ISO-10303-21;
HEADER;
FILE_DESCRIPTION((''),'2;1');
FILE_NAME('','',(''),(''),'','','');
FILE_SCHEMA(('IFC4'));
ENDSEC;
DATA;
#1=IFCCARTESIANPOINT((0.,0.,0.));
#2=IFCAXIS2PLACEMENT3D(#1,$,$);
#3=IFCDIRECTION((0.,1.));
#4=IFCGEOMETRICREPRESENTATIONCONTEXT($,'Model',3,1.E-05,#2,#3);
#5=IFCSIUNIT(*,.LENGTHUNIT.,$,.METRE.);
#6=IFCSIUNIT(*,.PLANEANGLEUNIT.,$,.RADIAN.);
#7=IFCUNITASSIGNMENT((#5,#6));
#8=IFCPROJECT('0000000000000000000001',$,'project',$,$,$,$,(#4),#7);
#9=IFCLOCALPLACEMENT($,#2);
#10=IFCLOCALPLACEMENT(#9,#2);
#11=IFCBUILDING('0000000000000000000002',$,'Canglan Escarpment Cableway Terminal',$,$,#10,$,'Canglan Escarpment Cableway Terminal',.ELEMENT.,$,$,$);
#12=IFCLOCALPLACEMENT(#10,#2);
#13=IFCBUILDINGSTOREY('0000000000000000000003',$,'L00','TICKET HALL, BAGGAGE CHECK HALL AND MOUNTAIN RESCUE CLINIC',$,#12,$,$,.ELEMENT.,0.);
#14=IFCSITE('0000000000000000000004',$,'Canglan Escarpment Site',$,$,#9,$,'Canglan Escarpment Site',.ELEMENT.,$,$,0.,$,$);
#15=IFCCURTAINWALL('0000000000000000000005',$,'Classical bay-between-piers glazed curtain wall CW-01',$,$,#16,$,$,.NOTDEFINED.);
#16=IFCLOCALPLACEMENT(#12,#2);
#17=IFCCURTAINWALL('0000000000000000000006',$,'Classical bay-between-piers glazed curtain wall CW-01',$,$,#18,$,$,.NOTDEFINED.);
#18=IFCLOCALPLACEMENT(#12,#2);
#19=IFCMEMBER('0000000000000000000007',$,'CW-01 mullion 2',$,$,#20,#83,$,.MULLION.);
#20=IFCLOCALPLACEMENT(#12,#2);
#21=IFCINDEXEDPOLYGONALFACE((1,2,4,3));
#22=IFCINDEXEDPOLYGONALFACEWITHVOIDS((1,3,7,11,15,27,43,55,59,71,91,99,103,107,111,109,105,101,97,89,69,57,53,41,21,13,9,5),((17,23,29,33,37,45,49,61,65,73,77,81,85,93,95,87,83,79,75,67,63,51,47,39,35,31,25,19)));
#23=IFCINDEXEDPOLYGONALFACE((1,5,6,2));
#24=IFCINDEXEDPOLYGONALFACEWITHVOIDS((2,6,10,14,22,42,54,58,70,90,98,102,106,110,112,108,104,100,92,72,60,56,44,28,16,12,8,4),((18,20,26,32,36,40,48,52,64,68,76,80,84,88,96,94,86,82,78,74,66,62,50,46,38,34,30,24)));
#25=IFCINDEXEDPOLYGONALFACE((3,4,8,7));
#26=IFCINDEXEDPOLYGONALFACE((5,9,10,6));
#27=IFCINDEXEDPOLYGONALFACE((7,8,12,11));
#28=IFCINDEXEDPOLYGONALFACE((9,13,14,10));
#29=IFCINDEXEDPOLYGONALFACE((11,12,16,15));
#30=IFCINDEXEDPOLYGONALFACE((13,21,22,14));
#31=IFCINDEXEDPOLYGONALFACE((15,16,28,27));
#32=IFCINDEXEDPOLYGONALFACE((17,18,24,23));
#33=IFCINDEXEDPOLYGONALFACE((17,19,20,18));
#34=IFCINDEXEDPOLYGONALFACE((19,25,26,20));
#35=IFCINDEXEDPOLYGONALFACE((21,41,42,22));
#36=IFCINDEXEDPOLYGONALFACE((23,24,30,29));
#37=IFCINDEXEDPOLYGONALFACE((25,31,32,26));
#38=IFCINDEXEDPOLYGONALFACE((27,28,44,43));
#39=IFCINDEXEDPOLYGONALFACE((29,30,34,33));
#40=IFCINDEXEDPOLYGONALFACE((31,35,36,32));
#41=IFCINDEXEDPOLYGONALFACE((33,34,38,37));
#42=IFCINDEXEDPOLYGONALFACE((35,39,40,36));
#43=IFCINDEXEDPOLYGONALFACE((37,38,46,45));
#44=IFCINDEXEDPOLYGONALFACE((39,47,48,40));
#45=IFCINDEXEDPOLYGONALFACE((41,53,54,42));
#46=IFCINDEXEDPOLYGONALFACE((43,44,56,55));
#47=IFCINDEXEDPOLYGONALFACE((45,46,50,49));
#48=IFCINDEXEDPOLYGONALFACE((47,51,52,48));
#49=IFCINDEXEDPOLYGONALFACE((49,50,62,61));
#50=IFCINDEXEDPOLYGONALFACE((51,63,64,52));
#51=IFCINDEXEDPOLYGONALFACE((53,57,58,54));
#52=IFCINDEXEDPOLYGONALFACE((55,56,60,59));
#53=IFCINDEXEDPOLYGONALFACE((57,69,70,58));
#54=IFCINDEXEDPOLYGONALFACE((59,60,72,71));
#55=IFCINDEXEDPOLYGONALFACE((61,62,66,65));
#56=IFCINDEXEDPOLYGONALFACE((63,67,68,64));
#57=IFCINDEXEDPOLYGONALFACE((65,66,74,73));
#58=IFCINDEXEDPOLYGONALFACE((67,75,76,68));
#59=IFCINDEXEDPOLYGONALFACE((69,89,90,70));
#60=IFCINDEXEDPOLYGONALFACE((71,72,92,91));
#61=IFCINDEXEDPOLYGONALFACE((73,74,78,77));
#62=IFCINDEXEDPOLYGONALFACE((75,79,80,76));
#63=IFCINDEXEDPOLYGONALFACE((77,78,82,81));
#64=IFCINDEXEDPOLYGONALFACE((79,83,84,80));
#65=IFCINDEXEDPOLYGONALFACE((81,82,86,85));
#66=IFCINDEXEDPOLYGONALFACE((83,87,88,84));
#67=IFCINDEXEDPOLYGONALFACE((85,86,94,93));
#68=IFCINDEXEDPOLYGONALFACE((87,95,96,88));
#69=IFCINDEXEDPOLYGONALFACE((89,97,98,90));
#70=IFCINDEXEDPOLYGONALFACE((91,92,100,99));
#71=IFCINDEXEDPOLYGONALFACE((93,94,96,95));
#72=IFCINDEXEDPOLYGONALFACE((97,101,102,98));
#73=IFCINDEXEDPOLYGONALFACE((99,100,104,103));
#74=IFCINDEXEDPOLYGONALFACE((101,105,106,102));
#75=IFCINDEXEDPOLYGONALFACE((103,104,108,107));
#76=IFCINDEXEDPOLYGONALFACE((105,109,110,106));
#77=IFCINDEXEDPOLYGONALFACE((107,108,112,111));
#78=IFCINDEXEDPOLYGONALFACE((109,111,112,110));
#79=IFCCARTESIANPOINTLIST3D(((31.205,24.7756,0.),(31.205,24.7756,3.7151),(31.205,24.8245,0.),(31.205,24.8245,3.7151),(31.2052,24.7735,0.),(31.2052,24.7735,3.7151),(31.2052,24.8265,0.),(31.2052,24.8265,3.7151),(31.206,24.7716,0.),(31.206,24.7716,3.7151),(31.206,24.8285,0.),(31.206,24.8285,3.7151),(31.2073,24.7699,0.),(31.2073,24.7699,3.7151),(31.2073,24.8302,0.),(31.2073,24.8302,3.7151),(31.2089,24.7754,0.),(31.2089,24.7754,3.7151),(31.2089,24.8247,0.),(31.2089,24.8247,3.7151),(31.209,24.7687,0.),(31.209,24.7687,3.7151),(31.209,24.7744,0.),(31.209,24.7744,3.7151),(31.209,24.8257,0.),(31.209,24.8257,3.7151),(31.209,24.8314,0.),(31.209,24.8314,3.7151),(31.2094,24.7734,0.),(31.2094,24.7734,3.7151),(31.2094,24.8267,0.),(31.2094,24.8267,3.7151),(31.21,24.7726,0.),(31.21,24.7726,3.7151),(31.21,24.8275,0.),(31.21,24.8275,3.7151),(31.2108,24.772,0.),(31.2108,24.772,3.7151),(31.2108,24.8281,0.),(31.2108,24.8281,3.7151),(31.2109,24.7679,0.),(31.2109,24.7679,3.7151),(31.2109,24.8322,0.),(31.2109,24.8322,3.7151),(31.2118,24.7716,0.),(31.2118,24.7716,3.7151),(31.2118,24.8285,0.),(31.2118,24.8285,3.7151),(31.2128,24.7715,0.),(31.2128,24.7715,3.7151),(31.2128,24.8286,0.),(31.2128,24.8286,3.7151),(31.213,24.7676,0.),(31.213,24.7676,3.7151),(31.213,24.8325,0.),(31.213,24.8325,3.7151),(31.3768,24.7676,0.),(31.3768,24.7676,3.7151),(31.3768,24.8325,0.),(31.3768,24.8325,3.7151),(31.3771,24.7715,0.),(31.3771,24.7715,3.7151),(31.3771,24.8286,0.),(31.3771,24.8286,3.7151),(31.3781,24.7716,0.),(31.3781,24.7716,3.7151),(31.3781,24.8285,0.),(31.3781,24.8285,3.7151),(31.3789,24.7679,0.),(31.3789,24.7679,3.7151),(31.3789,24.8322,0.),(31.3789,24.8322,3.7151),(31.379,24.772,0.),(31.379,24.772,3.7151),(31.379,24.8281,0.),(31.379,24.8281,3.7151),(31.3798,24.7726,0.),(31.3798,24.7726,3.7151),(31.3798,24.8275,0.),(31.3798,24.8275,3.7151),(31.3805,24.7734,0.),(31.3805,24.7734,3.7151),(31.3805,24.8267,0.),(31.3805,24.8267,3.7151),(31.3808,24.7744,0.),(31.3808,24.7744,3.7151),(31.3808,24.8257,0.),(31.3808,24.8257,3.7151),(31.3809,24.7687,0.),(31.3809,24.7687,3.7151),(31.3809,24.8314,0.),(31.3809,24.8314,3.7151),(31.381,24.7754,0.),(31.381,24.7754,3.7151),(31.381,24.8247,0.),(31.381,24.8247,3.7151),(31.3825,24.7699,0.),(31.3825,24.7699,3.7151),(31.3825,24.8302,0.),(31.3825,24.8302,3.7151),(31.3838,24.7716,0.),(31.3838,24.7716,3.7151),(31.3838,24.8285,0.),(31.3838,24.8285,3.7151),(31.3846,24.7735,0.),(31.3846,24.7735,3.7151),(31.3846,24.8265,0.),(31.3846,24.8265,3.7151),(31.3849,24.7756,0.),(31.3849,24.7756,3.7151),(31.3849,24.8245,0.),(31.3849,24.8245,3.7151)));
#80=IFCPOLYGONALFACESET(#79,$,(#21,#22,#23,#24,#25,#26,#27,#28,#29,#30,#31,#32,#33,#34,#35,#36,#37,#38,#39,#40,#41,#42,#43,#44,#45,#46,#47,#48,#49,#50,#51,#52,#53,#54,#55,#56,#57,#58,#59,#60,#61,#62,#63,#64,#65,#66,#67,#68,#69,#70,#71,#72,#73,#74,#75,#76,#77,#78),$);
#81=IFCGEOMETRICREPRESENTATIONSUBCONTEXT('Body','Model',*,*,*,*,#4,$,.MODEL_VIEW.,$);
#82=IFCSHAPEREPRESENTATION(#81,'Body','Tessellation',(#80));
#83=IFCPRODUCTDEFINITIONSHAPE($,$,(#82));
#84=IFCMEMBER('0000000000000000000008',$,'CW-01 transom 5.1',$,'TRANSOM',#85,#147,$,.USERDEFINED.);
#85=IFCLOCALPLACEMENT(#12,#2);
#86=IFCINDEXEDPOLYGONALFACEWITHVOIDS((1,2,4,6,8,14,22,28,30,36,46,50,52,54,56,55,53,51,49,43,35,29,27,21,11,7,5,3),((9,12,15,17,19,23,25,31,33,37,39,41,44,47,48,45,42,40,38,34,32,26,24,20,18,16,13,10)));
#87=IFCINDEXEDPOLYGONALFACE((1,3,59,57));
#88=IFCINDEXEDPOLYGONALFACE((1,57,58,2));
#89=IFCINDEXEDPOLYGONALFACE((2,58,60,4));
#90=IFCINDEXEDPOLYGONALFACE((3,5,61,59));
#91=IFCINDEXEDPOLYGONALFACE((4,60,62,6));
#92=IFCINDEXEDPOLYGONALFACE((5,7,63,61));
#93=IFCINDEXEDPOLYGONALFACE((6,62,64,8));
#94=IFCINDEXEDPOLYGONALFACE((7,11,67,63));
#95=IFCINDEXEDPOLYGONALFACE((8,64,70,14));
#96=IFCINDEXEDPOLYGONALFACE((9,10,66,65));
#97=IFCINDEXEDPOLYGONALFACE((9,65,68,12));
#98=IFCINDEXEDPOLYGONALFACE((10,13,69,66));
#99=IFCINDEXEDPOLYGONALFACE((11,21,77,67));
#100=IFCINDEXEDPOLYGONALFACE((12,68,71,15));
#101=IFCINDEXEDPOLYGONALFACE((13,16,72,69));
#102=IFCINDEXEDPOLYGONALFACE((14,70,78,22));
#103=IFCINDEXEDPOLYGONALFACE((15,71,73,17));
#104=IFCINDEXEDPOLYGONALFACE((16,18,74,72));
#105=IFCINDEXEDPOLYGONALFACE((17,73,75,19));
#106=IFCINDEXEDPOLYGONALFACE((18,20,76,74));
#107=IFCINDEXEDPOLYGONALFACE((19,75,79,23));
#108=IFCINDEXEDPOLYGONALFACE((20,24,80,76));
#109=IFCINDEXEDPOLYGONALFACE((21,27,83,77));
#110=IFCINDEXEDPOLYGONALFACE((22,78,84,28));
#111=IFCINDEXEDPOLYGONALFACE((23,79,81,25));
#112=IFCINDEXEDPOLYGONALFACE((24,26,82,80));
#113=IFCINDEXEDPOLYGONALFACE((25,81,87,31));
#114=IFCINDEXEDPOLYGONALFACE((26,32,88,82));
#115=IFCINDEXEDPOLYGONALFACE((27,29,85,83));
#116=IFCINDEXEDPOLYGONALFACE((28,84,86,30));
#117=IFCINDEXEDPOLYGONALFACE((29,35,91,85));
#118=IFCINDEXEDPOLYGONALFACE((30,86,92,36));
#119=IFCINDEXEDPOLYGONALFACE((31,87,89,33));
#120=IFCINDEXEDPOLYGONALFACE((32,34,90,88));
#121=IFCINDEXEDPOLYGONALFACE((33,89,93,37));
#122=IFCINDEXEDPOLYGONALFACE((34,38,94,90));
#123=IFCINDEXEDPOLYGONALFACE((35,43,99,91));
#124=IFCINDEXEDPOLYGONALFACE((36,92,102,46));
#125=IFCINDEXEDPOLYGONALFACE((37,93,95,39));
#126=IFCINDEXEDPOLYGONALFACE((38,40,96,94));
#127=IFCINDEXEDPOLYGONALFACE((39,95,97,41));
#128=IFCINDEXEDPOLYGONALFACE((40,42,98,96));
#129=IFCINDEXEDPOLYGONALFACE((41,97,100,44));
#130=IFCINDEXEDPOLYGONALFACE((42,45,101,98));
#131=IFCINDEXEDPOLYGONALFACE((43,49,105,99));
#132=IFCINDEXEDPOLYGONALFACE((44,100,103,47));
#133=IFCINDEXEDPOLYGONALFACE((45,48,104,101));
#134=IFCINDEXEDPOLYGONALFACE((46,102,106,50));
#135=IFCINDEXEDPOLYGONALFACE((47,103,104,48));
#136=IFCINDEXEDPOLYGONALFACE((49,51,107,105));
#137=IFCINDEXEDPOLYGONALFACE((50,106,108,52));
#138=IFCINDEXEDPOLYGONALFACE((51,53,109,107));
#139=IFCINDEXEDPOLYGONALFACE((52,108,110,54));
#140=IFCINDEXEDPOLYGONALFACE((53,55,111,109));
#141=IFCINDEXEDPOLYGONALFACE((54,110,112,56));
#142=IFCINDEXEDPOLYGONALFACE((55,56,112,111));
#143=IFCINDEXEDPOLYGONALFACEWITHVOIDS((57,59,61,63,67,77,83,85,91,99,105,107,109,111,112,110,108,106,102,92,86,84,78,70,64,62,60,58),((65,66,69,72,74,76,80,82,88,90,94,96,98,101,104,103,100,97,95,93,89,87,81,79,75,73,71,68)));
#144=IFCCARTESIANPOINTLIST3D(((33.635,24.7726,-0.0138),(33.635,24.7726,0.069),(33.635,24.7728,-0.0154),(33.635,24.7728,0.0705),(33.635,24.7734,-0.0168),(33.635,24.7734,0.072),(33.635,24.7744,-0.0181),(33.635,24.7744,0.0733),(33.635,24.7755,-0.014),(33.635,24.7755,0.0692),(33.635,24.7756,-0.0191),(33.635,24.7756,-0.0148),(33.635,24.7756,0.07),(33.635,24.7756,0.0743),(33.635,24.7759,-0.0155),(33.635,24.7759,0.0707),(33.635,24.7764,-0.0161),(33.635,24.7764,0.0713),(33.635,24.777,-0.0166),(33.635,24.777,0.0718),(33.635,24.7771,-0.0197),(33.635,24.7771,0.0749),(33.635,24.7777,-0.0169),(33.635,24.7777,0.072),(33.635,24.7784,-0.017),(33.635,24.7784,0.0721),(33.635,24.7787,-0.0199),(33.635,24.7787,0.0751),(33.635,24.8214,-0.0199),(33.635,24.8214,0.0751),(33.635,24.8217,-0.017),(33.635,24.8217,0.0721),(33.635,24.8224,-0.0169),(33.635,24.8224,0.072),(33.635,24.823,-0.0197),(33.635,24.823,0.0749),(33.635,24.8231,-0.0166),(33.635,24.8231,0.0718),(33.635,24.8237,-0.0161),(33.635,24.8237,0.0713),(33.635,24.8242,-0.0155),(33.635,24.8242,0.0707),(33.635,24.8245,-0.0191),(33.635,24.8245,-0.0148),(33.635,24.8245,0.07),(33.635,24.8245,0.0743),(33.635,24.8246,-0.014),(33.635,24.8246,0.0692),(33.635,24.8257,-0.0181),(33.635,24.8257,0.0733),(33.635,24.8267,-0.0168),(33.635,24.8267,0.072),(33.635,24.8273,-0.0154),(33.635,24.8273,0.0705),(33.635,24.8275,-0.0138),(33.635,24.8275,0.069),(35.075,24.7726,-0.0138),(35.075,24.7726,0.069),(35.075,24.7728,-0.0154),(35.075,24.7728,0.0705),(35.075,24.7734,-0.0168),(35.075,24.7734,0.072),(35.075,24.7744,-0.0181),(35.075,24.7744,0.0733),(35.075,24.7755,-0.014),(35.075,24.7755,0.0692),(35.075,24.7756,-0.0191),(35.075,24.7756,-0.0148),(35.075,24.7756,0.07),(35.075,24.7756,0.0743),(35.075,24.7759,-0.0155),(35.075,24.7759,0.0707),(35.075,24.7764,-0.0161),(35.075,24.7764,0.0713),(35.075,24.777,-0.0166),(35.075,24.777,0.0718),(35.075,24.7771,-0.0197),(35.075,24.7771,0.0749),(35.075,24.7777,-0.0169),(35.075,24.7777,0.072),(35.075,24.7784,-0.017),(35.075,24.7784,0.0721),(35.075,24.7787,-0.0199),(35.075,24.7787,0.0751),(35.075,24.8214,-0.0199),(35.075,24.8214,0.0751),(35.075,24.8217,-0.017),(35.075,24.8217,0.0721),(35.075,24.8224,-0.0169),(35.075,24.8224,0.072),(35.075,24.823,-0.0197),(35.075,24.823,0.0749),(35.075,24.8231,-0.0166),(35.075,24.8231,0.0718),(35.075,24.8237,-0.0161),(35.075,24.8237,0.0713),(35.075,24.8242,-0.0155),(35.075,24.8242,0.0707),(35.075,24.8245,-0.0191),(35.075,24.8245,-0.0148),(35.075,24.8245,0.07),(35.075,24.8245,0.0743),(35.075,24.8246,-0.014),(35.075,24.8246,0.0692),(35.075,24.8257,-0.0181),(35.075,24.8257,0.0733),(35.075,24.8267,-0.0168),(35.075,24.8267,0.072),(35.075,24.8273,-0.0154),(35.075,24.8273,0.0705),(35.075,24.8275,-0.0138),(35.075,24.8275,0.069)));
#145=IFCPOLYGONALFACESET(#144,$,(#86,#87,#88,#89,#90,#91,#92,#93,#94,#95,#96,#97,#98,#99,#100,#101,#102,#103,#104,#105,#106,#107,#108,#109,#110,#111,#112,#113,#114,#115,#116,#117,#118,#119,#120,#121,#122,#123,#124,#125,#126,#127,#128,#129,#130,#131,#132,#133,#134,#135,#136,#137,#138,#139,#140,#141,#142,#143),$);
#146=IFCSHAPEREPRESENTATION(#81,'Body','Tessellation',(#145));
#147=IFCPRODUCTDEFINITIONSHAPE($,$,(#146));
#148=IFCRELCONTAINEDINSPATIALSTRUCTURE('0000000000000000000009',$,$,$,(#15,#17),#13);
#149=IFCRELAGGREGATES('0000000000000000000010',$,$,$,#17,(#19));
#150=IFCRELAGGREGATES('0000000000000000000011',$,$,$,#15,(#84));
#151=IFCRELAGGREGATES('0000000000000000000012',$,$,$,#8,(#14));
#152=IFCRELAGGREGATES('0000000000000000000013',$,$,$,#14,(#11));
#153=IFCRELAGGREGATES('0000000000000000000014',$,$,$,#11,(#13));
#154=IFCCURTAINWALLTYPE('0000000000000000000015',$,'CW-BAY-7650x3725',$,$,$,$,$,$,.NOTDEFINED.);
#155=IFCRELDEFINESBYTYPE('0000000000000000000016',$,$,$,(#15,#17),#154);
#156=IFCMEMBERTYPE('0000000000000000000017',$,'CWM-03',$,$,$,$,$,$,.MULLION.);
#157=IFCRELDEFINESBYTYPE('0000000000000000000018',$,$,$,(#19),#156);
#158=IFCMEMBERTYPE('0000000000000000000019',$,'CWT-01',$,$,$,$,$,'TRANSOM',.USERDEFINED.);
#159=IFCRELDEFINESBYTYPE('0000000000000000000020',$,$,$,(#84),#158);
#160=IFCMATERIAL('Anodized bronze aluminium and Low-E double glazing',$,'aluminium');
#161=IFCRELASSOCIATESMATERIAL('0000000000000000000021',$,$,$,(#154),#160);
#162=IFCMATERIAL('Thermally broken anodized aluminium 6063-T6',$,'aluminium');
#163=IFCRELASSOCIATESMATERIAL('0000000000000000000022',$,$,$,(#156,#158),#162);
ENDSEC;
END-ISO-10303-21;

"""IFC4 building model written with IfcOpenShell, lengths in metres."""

from ifc_helpers import new_model, si_unit, direction, frame, origin, origin_2d, place, context, subcontext, project, spatial, hollow_rectangle, extrude, material, material_profile, profile_set, type_object, element, aggregate, save


model = new_model("IFC4")

# Units and contexts
model_context = context("Model", 3, precision=1e-05, world=origin(), true_north=direction((0.0, 1.0)))
body_context = subcontext(model_context, "Body", "Model", "MODEL_VIEW")
ifc_project = project(units=[si_unit("LENGTHUNIT", "METRE"), si_unit("PLANEANGLEUNIT", "RADIAN")], contexts=[model_context])

# Site, building, storey
site_placement = place(None, origin())
site = spatial("IfcSite", under=ifc_project, at=site_placement, Name="Canglan Escarpment Site", LongName="Canglan Escarpment Site", CompositionType="ELEMENT", RefElevation=0.0)
building_placement = place(site_placement, origin())
building = spatial("IfcBuilding", under=site, at=building_placement, Name="Canglan Escarpment Cableway Terminal", LongName="Canglan Escarpment Cableway Terminal", CompositionType="ELEMENT")
storey_placement = place(building_placement, origin())
storey = spatial("IfcBuildingStorey", under=building, at=storey_placement, Name="L00", Description="TICKET HALL, BAGGAGE CHECK HALL AND MOUNTAIN RESCUE CLINIC", CompositionType="ELEMENT", Elevation=0.0)

# Curtain walls, member
ifc_material_1 = material(Name="Anodized bronze aluminium and Low-E double glazing", Category="aluminium")
curtain_wall_type = type_object("IfcCurtainWallType", Name="CW-BAY-7650x3725", PredefinedType="NOTDEFINED", material=ifc_material_1)
curtain_wall_1_placement = place(storey_placement, origin())
curtain_wall_1 = element("IfcCurtainWall", 1, at=curtain_wall_1_placement, inside=storey, type_object=curtain_wall_type, Name="Classical bay-between-piers glazed curtain wall CW-01", PredefinedType="NOTDEFINED")
ifc_material_2 = material(Name="Thermally broken anodized aluminium 6063-T6", Category="aluminium")
curtain_wall_2_placement = place(storey_placement, origin())
curtain_wall_2 = element("IfcCurtainWall", 2, at=curtain_wall_2_placement, inside=storey, type_object=curtain_wall_type, Name="Classical bay-between-piers glazed curtain wall CW-01", PredefinedType="NOTDEFINED")
ifc_material_profile_1 = material_profile(ifc_material_2, hollow_rectangle(XDim=0.0649, YDim=0.1799, WallThickness=0.0039, InnerFilletRadius=0.0039, OuterFilletRadius=0.0081, at=origin_2d()), Name="ALU-MULL 65x180x4")
ifc_profile_set_1 = profile_set([ifc_material_profile_1], Name="Thermally broken anodized aluminium 6063-T6")
member_type_1 = type_object("IfcMemberType", Name="CWM-03", PredefinedType="MULLION", material=ifc_profile_set_1)
member_1_placement = place(storey_placement, frame((31.2949, 24.8, 0.0), z_axis=(0.0, 0.0, 1.0), x_axis=(0.0, -1.0, 0.0)))
member_1 = element("IfcMember", 3, at=member_1_placement, type_object=member_type_1, Name="CW-01 mullion 2", PredefinedType="MULLION", context=body_context, shape_type="SweptSolid", body=[
    extrude(hollow_rectangle(XDim=0.0649, YDim=0.1799, WallThickness=0.0039, InnerFilletRadius=0.0039, OuterFilletRadius=0.0081, at=origin_2d()), origin(), (0.0, 0.0, 1.0), 3.7151),
])

# Member
ifc_material_profile_2 = material_profile(ifc_material_2, hollow_rectangle(XDim=0.0549, YDim=0.095, WallThickness=0.0029, InnerFilletRadius=0.0029, OuterFilletRadius=0.0061, at=origin_2d()), Name="ALU-TRAN 55x95x3")
ifc_profile_set_2 = profile_set([ifc_material_profile_2], Name="Thermally broken anodized aluminium 6063-T6")
member_type_2 = type_object("IfcMemberType", Name="CWT-01", ElementType="TRANSOM", PredefinedType="USERDEFINED", material=ifc_profile_set_2)
member_2_placement = place(storey_placement, frame((35.075, 24.8, 0.0276), z_axis=(-1.0, 0.0, 0.0), x_axis=(0.0, -1.0, 0.0)))
member_2 = element("IfcMember", 4, at=member_2_placement, type_object=member_type_2, Name="CW-01 transom 5.1", ObjectType="TRANSOM", PredefinedType="USERDEFINED", context=body_context, shape_type="SweptSolid", body=[
    extrude(hollow_rectangle(XDim=0.0549, YDim=0.095, WallThickness=0.0029, InnerFilletRadius=0.0029, OuterFilletRadius=0.0061, at=origin_2d()), origin(), (0.0, 0.0, 1.0), 1.4399),
])

aggregate(curtain_wall_2, [member_1])
aggregate(curtain_wall_1, [member_2])

save(model, "model.ifc")
